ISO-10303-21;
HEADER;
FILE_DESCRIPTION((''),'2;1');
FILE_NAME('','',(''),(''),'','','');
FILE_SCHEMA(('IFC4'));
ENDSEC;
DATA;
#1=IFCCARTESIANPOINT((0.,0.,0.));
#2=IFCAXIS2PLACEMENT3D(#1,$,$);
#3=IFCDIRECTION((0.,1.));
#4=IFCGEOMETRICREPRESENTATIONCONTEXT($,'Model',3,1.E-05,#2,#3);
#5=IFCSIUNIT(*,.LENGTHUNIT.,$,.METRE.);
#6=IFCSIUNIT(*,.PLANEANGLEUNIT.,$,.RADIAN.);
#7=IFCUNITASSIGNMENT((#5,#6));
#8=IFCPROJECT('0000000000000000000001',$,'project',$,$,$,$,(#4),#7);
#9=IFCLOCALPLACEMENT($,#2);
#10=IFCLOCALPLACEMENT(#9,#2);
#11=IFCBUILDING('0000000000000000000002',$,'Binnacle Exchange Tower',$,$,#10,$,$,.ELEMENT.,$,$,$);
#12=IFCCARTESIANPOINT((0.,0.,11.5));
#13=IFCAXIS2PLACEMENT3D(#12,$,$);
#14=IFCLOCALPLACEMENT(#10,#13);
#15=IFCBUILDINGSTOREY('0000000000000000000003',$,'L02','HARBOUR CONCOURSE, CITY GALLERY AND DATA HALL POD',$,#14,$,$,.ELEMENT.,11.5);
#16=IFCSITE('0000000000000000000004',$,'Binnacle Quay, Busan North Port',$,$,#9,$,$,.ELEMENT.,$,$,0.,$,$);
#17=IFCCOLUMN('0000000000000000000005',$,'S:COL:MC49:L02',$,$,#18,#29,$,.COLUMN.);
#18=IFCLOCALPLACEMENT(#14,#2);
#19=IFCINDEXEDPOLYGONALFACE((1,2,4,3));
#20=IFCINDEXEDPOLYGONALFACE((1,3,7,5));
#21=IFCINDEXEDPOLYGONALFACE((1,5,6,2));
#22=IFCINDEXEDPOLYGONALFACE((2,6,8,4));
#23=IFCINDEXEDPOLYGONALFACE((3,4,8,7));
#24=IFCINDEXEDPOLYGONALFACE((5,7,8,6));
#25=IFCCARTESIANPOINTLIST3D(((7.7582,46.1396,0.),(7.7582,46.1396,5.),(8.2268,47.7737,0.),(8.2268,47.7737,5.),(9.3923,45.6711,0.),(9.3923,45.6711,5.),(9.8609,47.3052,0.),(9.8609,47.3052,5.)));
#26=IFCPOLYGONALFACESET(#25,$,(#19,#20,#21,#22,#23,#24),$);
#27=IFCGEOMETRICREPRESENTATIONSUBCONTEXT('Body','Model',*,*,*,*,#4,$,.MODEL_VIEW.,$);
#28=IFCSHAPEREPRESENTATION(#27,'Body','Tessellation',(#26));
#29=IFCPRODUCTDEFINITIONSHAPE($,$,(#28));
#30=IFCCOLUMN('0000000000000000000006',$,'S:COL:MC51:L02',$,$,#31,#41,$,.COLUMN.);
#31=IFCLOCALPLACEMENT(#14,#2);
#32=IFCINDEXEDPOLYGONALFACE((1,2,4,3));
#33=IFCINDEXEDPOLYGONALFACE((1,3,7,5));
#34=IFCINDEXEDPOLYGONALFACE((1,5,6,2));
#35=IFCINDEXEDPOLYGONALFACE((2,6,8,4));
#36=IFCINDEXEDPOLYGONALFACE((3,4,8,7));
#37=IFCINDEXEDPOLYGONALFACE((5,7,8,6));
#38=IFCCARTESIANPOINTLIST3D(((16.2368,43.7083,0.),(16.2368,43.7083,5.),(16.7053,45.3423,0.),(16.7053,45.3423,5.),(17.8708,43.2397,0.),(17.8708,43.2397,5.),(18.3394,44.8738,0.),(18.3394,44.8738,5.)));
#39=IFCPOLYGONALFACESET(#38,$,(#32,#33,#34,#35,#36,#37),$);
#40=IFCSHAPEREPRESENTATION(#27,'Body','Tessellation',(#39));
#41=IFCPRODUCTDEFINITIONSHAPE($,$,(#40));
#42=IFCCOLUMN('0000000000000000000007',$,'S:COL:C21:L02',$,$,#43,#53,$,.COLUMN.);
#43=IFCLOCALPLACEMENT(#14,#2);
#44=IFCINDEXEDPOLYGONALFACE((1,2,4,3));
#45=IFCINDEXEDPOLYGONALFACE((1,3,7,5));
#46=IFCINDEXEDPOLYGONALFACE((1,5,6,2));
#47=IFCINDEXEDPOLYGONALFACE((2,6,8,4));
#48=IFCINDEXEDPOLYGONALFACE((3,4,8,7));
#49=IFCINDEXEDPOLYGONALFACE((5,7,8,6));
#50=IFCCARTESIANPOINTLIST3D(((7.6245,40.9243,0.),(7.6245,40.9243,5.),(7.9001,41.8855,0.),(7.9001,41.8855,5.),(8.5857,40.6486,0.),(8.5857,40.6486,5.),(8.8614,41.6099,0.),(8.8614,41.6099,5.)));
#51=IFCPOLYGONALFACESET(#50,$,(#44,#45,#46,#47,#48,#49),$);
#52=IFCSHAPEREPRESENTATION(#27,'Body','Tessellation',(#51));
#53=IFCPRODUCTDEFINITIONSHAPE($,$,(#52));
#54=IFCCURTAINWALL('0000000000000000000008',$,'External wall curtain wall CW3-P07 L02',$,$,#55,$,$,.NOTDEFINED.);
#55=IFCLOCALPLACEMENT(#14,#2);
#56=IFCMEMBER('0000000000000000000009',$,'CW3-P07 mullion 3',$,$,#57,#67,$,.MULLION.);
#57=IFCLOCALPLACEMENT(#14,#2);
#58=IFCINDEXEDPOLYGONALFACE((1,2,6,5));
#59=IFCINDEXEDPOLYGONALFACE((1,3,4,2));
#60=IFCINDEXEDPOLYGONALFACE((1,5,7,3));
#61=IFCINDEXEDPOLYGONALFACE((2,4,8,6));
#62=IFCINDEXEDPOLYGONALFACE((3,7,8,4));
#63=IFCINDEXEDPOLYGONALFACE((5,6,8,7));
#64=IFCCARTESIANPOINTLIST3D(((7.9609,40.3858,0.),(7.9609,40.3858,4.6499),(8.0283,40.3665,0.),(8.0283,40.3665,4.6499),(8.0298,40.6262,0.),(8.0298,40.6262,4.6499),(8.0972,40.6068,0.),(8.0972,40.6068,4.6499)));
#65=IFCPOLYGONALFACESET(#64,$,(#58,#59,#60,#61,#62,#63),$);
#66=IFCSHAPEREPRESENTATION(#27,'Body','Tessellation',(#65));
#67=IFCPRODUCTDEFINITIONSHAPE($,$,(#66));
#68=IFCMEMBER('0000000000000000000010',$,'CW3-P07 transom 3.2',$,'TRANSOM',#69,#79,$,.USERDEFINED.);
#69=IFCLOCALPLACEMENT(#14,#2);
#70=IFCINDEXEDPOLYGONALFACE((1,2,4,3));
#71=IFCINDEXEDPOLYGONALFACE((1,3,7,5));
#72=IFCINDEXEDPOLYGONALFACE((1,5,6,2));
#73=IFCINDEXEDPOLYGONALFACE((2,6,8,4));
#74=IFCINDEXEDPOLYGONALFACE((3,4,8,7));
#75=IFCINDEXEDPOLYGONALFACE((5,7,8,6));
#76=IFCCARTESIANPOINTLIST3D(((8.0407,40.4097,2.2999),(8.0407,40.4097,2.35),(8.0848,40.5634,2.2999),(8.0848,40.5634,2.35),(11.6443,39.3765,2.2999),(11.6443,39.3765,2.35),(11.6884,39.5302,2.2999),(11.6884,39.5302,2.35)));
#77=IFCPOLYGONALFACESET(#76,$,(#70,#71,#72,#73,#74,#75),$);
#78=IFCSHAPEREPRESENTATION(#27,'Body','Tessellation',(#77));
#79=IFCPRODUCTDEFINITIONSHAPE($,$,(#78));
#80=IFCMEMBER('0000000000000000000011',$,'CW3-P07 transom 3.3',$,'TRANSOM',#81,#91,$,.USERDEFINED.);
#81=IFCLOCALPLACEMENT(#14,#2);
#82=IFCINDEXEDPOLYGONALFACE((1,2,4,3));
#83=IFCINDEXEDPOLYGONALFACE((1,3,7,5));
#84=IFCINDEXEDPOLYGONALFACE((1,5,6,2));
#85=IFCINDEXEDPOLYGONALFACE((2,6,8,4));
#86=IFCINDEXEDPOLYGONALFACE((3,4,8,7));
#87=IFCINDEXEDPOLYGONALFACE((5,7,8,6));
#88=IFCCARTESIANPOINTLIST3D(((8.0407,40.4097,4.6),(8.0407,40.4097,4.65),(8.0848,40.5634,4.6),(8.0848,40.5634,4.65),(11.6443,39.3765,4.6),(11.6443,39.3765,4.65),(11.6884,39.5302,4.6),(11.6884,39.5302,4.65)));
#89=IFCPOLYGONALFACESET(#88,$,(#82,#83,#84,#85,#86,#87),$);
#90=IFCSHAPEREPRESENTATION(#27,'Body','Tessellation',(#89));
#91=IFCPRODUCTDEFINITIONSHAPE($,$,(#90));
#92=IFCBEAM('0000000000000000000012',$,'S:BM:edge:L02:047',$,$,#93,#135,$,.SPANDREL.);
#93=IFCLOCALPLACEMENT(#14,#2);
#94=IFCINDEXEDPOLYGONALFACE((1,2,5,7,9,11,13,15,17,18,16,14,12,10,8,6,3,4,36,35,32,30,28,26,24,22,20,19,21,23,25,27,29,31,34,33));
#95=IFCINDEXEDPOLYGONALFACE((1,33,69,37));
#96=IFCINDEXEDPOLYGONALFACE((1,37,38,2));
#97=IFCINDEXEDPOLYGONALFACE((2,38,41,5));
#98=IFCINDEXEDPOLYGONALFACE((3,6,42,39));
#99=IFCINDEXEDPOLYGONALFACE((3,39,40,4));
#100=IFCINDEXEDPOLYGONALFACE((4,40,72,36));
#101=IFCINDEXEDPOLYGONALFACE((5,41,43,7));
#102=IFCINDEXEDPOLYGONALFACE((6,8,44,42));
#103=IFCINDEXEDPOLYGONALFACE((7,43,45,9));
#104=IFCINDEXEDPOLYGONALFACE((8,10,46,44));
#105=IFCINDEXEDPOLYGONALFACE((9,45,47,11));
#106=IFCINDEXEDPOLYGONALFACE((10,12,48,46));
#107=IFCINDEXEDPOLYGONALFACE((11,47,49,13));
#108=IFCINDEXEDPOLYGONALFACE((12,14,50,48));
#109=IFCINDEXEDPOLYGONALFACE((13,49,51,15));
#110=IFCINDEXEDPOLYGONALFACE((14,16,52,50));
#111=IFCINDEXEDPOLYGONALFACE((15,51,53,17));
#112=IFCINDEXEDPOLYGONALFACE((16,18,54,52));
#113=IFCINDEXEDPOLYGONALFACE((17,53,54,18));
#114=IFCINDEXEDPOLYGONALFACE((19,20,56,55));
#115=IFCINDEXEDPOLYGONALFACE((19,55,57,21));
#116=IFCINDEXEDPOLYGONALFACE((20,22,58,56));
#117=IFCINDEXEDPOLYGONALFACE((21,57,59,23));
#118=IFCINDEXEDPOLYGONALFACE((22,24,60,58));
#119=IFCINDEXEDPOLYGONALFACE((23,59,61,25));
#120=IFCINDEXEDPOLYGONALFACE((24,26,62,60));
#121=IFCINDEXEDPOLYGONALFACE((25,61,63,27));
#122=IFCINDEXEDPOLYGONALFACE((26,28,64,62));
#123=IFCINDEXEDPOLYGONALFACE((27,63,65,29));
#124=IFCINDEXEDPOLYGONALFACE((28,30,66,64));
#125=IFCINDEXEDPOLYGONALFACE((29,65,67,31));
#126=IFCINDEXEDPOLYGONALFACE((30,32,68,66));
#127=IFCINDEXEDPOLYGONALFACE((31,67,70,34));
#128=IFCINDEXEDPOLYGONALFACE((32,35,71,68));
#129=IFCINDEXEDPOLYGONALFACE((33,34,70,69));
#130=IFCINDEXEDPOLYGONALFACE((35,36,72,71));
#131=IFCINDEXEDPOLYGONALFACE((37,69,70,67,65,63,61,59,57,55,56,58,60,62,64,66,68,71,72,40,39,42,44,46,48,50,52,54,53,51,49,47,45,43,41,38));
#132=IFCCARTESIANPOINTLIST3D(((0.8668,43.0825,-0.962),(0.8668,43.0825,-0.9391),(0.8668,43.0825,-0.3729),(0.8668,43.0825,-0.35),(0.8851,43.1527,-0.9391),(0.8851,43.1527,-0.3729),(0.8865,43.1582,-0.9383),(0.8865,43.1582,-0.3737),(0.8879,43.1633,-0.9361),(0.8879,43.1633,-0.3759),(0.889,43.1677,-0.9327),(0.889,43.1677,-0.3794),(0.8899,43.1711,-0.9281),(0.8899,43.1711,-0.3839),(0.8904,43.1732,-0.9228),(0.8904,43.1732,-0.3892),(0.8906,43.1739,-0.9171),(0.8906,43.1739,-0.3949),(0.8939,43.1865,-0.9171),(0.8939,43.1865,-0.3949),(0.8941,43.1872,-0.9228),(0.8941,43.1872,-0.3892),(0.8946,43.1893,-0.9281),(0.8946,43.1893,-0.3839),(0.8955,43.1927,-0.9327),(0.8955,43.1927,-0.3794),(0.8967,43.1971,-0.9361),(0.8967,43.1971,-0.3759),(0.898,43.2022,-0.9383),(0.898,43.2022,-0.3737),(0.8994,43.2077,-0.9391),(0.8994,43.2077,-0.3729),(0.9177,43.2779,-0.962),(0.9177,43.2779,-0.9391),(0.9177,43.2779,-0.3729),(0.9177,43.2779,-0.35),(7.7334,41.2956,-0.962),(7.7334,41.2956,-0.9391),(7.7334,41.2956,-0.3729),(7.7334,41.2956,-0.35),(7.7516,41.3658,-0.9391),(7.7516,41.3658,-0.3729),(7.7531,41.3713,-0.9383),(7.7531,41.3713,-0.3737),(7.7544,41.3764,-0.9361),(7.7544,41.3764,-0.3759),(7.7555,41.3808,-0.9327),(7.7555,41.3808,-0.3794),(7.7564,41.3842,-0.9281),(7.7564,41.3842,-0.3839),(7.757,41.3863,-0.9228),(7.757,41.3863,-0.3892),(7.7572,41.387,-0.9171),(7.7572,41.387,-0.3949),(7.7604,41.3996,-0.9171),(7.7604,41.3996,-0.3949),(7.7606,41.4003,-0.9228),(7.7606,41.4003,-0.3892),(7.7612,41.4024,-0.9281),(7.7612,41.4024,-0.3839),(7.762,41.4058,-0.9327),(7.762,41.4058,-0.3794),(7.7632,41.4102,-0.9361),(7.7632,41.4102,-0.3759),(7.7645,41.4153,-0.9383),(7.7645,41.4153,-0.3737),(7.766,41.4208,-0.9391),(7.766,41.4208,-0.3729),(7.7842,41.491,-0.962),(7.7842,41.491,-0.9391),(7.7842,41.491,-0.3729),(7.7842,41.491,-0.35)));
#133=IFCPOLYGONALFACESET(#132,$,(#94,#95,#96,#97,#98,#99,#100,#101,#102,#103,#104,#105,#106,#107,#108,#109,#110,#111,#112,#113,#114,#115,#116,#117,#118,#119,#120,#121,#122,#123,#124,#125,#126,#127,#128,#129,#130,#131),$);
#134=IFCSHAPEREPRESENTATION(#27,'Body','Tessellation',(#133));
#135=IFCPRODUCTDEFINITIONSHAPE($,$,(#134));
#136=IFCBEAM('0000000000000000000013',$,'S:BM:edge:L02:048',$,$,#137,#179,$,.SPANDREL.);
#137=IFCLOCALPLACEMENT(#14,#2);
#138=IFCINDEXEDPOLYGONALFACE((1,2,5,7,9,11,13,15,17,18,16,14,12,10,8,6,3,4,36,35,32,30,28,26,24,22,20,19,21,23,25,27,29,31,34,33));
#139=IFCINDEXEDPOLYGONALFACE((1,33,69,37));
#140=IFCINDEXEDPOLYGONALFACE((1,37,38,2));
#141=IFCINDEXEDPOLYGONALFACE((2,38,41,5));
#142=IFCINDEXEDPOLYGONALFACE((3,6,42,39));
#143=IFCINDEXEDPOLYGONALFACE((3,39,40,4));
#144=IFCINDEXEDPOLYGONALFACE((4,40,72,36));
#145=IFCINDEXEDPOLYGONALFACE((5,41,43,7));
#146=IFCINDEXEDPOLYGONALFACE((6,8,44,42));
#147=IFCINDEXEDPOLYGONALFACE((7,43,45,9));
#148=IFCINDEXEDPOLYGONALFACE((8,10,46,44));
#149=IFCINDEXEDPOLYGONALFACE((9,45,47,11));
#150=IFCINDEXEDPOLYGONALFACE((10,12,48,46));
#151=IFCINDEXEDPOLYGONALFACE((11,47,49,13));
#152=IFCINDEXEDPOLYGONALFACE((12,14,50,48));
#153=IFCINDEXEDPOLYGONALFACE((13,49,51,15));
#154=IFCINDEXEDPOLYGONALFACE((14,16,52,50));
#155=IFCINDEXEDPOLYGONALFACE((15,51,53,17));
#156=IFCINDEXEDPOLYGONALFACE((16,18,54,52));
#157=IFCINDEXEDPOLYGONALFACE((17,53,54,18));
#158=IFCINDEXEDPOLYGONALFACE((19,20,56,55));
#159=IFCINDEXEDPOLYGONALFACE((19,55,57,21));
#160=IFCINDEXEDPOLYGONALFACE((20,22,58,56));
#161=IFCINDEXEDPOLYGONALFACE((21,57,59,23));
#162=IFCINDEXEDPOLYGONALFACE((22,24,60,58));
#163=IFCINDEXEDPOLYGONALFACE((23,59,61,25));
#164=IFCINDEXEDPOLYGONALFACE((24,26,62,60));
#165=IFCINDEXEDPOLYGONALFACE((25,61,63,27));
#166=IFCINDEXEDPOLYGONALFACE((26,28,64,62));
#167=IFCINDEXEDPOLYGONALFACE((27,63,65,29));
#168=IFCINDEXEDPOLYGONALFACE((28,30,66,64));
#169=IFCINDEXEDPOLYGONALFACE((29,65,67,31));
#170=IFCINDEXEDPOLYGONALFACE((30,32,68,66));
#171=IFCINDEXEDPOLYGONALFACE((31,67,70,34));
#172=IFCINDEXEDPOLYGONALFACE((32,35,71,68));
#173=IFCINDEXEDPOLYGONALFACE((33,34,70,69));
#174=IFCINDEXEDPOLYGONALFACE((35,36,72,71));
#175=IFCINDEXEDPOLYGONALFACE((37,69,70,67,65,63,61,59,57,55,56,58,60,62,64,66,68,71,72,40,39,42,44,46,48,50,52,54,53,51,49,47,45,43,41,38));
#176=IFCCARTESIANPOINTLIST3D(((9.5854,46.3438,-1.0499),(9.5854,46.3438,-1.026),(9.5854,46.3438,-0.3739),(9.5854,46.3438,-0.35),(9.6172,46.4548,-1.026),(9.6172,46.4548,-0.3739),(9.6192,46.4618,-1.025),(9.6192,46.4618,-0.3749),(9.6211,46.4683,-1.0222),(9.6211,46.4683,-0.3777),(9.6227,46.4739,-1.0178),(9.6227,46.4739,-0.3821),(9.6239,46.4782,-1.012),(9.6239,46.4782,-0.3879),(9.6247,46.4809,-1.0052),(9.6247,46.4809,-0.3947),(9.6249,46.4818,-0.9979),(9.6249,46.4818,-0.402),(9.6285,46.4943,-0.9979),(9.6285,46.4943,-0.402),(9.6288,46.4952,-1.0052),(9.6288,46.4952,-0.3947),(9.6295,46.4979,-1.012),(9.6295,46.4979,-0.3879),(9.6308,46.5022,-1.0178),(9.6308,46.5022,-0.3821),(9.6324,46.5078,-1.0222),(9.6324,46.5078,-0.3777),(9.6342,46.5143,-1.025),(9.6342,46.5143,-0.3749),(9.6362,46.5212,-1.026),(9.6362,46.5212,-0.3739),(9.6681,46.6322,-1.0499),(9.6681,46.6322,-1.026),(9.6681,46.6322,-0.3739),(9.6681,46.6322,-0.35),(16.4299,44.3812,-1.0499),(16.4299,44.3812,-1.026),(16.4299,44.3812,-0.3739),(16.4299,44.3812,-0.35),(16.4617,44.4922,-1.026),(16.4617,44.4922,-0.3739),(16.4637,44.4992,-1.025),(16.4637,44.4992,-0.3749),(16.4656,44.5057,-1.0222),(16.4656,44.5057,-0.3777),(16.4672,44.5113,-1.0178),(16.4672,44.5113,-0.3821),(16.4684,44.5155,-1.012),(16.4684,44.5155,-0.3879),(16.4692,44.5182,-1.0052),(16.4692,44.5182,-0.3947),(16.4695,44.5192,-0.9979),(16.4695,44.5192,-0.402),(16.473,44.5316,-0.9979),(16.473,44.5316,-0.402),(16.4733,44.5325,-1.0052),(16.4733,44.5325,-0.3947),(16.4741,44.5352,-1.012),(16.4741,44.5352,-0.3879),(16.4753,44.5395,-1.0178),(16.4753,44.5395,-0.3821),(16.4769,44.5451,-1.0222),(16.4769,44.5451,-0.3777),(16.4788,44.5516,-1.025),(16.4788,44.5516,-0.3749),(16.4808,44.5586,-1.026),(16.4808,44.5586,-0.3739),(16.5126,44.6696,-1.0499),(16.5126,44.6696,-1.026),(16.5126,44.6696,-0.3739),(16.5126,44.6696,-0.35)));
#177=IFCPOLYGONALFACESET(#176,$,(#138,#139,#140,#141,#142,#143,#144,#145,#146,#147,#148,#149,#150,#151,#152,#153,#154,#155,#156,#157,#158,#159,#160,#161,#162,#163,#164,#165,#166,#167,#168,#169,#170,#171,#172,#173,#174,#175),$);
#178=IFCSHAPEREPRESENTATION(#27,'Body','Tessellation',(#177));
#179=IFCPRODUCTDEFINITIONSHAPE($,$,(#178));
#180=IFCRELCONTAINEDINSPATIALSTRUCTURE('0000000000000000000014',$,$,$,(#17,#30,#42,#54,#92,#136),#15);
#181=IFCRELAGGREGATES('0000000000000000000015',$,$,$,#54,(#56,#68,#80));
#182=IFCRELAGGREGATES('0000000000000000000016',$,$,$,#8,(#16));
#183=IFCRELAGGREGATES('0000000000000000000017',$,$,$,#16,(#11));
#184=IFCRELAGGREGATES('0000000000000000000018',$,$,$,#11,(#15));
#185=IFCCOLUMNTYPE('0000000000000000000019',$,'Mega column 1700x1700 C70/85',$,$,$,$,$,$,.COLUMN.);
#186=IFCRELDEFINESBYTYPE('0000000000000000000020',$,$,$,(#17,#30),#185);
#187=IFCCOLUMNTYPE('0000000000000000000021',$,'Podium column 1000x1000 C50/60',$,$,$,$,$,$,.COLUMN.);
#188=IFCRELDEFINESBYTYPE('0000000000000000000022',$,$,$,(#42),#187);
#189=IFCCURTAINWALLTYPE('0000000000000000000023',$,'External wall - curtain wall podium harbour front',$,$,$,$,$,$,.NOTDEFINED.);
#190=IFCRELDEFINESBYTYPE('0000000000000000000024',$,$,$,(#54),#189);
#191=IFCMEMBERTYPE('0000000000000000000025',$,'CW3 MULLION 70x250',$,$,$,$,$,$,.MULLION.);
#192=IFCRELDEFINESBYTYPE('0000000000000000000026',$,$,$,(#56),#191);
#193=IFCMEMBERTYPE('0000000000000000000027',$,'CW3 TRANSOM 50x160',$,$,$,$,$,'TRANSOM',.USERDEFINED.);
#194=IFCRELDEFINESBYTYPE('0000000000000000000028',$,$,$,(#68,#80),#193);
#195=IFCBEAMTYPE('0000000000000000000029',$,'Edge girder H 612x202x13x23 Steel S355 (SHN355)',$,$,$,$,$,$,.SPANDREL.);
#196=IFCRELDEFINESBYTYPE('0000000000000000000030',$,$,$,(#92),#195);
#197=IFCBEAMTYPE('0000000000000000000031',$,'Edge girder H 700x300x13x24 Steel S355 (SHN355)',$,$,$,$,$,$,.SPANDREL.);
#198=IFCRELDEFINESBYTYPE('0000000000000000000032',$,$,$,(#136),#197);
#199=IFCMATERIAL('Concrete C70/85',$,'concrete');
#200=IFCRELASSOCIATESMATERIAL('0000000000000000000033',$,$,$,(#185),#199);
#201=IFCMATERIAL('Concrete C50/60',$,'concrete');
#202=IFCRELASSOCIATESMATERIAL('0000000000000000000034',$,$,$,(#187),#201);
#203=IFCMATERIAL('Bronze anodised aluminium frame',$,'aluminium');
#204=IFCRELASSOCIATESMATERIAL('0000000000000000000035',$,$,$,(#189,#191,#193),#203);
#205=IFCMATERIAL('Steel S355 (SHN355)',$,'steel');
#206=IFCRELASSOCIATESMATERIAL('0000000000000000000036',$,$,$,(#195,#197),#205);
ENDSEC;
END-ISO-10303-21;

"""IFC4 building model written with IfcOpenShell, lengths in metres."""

from ifc_helpers import new_model, si_unit, direction, frame, origin, origin_2d, place, context, subcontext, project, spatial, rectangle, i_section, extrude, material, material_profile, profile_set, type_object, element, aggregate, save


model = new_model("IFC4")

# Units and contexts
model_context = context("Model", 3, precision=1e-05, world=origin(), true_north=direction((0.0, 1.0)))
body_context = subcontext(model_context, "Body", "Model", "MODEL_VIEW")
ifc_project = project(units=[si_unit("LENGTHUNIT", "METRE"), si_unit("PLANEANGLEUNIT", "RADIAN")], contexts=[model_context])

# Site, building, storey
site_placement = place(None, origin())
site = spatial("IfcSite", under=ifc_project, at=site_placement, Name="Binnacle Quay, Busan North Port", CompositionType="ELEMENT", RefElevation=0.0)
building_placement = place(site_placement, origin())
building = spatial("IfcBuilding", under=site, at=building_placement, Name="Binnacle Exchange Tower", CompositionType="ELEMENT")
storey_placement = place(building_placement, frame((0.0, 0.0, 11.5)))
storey = spatial("IfcBuildingStorey", under=building, at=storey_placement, Name="L02", Description="HARBOUR CONCOURSE, CITY GALLERY AND DATA HALL POD", CompositionType="ELEMENT", Elevation=11.5)

# Columns
ifc_material_1 = material(Name="Concrete C70/85", Category="concrete")
ifc_material_profile_1 = material_profile(ifc_material_1, rectangle(XDim=1.7, YDim=1.7, at=origin_2d()), Name="Mega column 1700x1700 C70/85")
ifc_profile_set_1 = profile_set([ifc_material_profile_1], Name="Concrete C70/85")
column_type_1 = type_object("IfcColumnType", Name="Mega column 1700x1700 C70/85", PredefinedType="COLUMN", material=ifc_profile_set_1)
for number, where, z_axis, x_axis, name in (
    (1, (8.8096, 46.7224, 0.0), (0.0, 0.0, 1.0), (0.961262, -0.275637, 0.0), "S:COL:MC49:L02"),
    (2, (17.2881, 44.291, 0.0), (0.0, 0.0, 1.0), (0.961262, -0.275637, 0.0), "S:COL:MC51:L02"),
):
    element("IfcColumn", number, at=place(storey_placement, frame(where, z_axis=z_axis, x_axis=x_axis)), inside=storey, type_object=column_type_1, Name=name, PredefinedType="COLUMN", context=body_context, shape_type="SweptSolid", body=[
        extrude(rectangle(XDim=1.7, YDim=1.7, at=origin_2d()), origin(), (0.0, 0.0, 1.0), 5.0),
    ])
ifc_material_2 = material(Name="Concrete C50/60", Category="concrete")
ifc_material_profile_2 = material_profile(ifc_material_2, rectangle(XDim=1.0, YDim=1.0, at=origin_2d()), Name="Podium column 1000x1000 C50/60")
ifc_profile_set_2 = profile_set([ifc_material_profile_2], Name="Concrete C50/60")
column_type_2 = type_object("IfcColumnType", Name="Podium column 1000x1000 C50/60", PredefinedType="COLUMN", material=ifc_profile_set_2)
column_placement = place(storey_placement, frame((8.2429, 41.2671, 0.0), z_axis=(0.0, 0.0, 1.0), x_axis=(0.961262, -0.275637, 0.0)))
element("IfcColumn", 3, at=column_placement, inside=storey, type_object=column_type_2, Name="S:COL:C21:L02", PredefinedType="COLUMN", context=body_context, shape_type="SweptSolid", body=[
    extrude(rectangle(XDim=1.0, YDim=1.0, at=origin_2d()), origin(), (0.0, 0.0, 1.0), 5.0),
])

# Curtain wall, members
ifc_material_3 = material(Name="Bronze anodised aluminium frame", Category="aluminium")
curtain_wall_type = type_object("IfcCurtainWallType", Name="External wall - curtain wall podium harbour front", PredefinedType="NOTDEFINED", material=ifc_material_3)
curtain_wall_placement = place(storey_placement, origin())
curtain_wall = element("IfcCurtainWall", 4, at=curtain_wall_placement, inside=storey, type_object=curtain_wall_type, Name="External wall curtain wall CW3-P07 L02", PredefinedType="NOTDEFINED")
ifc_material_profile_3 = material_profile(ifc_material_3, rectangle(XDim=0.25, YDim=0.0701, at=origin_2d()), Name="AL 70x250")
ifc_profile_set_3 = profile_set([ifc_material_profile_3], Name="Bronze anodised aluminium frame")
member_type_1 = type_object("IfcMemberType", Name="CW3 MULLION 70x250", PredefinedType="MULLION", material=ifc_profile_set_3)
member_1_placement = place(storey_placement, frame((8.0291, 40.4963, 0.0), z_axis=(0.0, 0.0, 1.0), x_axis=(0.275637, 0.961262, 0.0)))
member_1 = element("IfcMember", 5, at=member_1_placement, type_object=member_type_1, Name="CW3-P07 mullion 3", PredefinedType="MULLION", context=body_context, shape_type="SweptSolid", body=[
    extrude(rectangle(XDim=0.25, YDim=0.0701, at=origin_2d()), origin(), (0.0, 0.0, 1.0), 4.6499),
])
ifc_material_profile_4 = material_profile(ifc_material_3, rectangle(XDim=0.1599, YDim=0.05, at=origin_2d()), Name="AL 160x50")
ifc_profile_set_4 = profile_set([ifc_material_profile_4], Name="Bronze anodised aluminium frame")
member_type_2 = type_object("IfcMemberType", Name="CW3 TRANSOM 50x160", ElementType="TRANSOM", PredefinedType="USERDEFINED", material=ifc_profile_set_4)
member_2_placement = place(storey_placement, frame((8.0627, 40.4866, 2.325), z_axis=(0.961268, -0.275616, 0.0), x_axis=(0.275616, 0.961268, 0.0)))
member_2 = element("IfcMember", 6, at=member_2_placement, type_object=member_type_2, Name="CW3-P07 transom 3.2", ObjectType="TRANSOM", PredefinedType="USERDEFINED", context=body_context, shape_type="SweptSolid", body=[
    extrude(rectangle(XDim=0.1599, YDim=0.05, at=origin_2d()), origin(), (0.0, 0.0, 1.0), 3.7488),
])
member_3_placement = place(storey_placement, frame((8.0627, 40.4866, 4.625), z_axis=(0.961268, -0.275616, 0.0), x_axis=(0.275616, 0.961268, 0.0)))
member_3 = element("IfcMember", 7, at=member_3_placement, type_object=member_type_2, Name="CW3-P07 transom 3.3", ObjectType="TRANSOM", PredefinedType="USERDEFINED", context=body_context, shape_type="SweptSolid", body=[
    extrude(rectangle(XDim=0.1599, YDim=0.05, at=origin_2d()), origin(), (0.0, 0.0, 1.0), 3.7488),
])

# Beams
ifc_material_4 = material(Name="Steel S355 (SHN355)", Category="steel")
ifc_material_profile_5 = material_profile(ifc_material_4, i_section(OverallWidth=0.2019, OverallDepth=0.6121, WebThickness=0.0129, FlangeThickness=0.0229, FilletRadius=0.022, at=origin_2d()), Name="H 612x202x13x23")
ifc_profile_set_5 = profile_set([ifc_material_profile_5], Name="Steel S355 (SHN355)")
beam_type_1 = type_object("IfcBeamType", Name="Edge girder H 612x202x13x23 Steel S355 (SHN355)", PredefinedType="SPANDREL", material=ifc_profile_set_5)
beam_1_placement = place(storey_placement, frame((7.7588, 41.3933, -0.656), z_axis=(-0.967768, 0.251843, 0.0), x_axis=(-0.251843, -0.967768, 0.0)))
element("IfcBeam", 8, at=beam_1_placement, inside=storey, type_object=beam_type_1, Name="S:BM:edge:L02:047", PredefinedType="SPANDREL", context=body_context, shape_type="SweptSolid", body=[
    extrude(i_section(OverallWidth=0.2019, OverallDepth=0.6121, WebThickness=0.0129, FlangeThickness=0.0229, FilletRadius=0.022, at=origin_2d()), origin(), (0.0, 0.0, 1.0), 7.0952),
])
ifc_material_profile_6 = material_profile(ifc_material_4, i_section(OverallWidth=0.3, OverallDepth=0.7, WebThickness=0.0129, FlangeThickness=0.0239, FilletRadius=0.0281, at=origin_2d()), Name="H 700x300x13x24")
ifc_profile_set_6 = profile_set([ifc_material_profile_6], Name="Steel S355 (SHN355)")
beam_type_2 = type_object("IfcBeamType", Name="Edge girder H 700x300x13x24 Steel S355 (SHN355)", PredefinedType="SPANDREL", material=ifc_profile_set_6)
beam_2_placement = place(storey_placement, frame((9.6267, 46.488, -0.7), z_axis=(0.961261, -0.27564, 0.0), x_axis=(0.27564, 0.961261, 0.0)))
element("IfcBeam", 9, at=beam_2_placement, inside=storey, type_object=beam_type_2, Name="S:BM:edge:L02:048", PredefinedType="SPANDREL", context=body_context, shape_type="SweptSolid", body=[
    extrude(i_section(OverallWidth=0.3, OverallDepth=0.7, WebThickness=0.0129, FlangeThickness=0.0239, FilletRadius=0.0281, at=origin_2d()), origin(), (0.0, 0.0, 1.0), 7.1204),
])

aggregate(curtain_wall, [member_1, member_2, member_3])

save(model, "model.ifc")
